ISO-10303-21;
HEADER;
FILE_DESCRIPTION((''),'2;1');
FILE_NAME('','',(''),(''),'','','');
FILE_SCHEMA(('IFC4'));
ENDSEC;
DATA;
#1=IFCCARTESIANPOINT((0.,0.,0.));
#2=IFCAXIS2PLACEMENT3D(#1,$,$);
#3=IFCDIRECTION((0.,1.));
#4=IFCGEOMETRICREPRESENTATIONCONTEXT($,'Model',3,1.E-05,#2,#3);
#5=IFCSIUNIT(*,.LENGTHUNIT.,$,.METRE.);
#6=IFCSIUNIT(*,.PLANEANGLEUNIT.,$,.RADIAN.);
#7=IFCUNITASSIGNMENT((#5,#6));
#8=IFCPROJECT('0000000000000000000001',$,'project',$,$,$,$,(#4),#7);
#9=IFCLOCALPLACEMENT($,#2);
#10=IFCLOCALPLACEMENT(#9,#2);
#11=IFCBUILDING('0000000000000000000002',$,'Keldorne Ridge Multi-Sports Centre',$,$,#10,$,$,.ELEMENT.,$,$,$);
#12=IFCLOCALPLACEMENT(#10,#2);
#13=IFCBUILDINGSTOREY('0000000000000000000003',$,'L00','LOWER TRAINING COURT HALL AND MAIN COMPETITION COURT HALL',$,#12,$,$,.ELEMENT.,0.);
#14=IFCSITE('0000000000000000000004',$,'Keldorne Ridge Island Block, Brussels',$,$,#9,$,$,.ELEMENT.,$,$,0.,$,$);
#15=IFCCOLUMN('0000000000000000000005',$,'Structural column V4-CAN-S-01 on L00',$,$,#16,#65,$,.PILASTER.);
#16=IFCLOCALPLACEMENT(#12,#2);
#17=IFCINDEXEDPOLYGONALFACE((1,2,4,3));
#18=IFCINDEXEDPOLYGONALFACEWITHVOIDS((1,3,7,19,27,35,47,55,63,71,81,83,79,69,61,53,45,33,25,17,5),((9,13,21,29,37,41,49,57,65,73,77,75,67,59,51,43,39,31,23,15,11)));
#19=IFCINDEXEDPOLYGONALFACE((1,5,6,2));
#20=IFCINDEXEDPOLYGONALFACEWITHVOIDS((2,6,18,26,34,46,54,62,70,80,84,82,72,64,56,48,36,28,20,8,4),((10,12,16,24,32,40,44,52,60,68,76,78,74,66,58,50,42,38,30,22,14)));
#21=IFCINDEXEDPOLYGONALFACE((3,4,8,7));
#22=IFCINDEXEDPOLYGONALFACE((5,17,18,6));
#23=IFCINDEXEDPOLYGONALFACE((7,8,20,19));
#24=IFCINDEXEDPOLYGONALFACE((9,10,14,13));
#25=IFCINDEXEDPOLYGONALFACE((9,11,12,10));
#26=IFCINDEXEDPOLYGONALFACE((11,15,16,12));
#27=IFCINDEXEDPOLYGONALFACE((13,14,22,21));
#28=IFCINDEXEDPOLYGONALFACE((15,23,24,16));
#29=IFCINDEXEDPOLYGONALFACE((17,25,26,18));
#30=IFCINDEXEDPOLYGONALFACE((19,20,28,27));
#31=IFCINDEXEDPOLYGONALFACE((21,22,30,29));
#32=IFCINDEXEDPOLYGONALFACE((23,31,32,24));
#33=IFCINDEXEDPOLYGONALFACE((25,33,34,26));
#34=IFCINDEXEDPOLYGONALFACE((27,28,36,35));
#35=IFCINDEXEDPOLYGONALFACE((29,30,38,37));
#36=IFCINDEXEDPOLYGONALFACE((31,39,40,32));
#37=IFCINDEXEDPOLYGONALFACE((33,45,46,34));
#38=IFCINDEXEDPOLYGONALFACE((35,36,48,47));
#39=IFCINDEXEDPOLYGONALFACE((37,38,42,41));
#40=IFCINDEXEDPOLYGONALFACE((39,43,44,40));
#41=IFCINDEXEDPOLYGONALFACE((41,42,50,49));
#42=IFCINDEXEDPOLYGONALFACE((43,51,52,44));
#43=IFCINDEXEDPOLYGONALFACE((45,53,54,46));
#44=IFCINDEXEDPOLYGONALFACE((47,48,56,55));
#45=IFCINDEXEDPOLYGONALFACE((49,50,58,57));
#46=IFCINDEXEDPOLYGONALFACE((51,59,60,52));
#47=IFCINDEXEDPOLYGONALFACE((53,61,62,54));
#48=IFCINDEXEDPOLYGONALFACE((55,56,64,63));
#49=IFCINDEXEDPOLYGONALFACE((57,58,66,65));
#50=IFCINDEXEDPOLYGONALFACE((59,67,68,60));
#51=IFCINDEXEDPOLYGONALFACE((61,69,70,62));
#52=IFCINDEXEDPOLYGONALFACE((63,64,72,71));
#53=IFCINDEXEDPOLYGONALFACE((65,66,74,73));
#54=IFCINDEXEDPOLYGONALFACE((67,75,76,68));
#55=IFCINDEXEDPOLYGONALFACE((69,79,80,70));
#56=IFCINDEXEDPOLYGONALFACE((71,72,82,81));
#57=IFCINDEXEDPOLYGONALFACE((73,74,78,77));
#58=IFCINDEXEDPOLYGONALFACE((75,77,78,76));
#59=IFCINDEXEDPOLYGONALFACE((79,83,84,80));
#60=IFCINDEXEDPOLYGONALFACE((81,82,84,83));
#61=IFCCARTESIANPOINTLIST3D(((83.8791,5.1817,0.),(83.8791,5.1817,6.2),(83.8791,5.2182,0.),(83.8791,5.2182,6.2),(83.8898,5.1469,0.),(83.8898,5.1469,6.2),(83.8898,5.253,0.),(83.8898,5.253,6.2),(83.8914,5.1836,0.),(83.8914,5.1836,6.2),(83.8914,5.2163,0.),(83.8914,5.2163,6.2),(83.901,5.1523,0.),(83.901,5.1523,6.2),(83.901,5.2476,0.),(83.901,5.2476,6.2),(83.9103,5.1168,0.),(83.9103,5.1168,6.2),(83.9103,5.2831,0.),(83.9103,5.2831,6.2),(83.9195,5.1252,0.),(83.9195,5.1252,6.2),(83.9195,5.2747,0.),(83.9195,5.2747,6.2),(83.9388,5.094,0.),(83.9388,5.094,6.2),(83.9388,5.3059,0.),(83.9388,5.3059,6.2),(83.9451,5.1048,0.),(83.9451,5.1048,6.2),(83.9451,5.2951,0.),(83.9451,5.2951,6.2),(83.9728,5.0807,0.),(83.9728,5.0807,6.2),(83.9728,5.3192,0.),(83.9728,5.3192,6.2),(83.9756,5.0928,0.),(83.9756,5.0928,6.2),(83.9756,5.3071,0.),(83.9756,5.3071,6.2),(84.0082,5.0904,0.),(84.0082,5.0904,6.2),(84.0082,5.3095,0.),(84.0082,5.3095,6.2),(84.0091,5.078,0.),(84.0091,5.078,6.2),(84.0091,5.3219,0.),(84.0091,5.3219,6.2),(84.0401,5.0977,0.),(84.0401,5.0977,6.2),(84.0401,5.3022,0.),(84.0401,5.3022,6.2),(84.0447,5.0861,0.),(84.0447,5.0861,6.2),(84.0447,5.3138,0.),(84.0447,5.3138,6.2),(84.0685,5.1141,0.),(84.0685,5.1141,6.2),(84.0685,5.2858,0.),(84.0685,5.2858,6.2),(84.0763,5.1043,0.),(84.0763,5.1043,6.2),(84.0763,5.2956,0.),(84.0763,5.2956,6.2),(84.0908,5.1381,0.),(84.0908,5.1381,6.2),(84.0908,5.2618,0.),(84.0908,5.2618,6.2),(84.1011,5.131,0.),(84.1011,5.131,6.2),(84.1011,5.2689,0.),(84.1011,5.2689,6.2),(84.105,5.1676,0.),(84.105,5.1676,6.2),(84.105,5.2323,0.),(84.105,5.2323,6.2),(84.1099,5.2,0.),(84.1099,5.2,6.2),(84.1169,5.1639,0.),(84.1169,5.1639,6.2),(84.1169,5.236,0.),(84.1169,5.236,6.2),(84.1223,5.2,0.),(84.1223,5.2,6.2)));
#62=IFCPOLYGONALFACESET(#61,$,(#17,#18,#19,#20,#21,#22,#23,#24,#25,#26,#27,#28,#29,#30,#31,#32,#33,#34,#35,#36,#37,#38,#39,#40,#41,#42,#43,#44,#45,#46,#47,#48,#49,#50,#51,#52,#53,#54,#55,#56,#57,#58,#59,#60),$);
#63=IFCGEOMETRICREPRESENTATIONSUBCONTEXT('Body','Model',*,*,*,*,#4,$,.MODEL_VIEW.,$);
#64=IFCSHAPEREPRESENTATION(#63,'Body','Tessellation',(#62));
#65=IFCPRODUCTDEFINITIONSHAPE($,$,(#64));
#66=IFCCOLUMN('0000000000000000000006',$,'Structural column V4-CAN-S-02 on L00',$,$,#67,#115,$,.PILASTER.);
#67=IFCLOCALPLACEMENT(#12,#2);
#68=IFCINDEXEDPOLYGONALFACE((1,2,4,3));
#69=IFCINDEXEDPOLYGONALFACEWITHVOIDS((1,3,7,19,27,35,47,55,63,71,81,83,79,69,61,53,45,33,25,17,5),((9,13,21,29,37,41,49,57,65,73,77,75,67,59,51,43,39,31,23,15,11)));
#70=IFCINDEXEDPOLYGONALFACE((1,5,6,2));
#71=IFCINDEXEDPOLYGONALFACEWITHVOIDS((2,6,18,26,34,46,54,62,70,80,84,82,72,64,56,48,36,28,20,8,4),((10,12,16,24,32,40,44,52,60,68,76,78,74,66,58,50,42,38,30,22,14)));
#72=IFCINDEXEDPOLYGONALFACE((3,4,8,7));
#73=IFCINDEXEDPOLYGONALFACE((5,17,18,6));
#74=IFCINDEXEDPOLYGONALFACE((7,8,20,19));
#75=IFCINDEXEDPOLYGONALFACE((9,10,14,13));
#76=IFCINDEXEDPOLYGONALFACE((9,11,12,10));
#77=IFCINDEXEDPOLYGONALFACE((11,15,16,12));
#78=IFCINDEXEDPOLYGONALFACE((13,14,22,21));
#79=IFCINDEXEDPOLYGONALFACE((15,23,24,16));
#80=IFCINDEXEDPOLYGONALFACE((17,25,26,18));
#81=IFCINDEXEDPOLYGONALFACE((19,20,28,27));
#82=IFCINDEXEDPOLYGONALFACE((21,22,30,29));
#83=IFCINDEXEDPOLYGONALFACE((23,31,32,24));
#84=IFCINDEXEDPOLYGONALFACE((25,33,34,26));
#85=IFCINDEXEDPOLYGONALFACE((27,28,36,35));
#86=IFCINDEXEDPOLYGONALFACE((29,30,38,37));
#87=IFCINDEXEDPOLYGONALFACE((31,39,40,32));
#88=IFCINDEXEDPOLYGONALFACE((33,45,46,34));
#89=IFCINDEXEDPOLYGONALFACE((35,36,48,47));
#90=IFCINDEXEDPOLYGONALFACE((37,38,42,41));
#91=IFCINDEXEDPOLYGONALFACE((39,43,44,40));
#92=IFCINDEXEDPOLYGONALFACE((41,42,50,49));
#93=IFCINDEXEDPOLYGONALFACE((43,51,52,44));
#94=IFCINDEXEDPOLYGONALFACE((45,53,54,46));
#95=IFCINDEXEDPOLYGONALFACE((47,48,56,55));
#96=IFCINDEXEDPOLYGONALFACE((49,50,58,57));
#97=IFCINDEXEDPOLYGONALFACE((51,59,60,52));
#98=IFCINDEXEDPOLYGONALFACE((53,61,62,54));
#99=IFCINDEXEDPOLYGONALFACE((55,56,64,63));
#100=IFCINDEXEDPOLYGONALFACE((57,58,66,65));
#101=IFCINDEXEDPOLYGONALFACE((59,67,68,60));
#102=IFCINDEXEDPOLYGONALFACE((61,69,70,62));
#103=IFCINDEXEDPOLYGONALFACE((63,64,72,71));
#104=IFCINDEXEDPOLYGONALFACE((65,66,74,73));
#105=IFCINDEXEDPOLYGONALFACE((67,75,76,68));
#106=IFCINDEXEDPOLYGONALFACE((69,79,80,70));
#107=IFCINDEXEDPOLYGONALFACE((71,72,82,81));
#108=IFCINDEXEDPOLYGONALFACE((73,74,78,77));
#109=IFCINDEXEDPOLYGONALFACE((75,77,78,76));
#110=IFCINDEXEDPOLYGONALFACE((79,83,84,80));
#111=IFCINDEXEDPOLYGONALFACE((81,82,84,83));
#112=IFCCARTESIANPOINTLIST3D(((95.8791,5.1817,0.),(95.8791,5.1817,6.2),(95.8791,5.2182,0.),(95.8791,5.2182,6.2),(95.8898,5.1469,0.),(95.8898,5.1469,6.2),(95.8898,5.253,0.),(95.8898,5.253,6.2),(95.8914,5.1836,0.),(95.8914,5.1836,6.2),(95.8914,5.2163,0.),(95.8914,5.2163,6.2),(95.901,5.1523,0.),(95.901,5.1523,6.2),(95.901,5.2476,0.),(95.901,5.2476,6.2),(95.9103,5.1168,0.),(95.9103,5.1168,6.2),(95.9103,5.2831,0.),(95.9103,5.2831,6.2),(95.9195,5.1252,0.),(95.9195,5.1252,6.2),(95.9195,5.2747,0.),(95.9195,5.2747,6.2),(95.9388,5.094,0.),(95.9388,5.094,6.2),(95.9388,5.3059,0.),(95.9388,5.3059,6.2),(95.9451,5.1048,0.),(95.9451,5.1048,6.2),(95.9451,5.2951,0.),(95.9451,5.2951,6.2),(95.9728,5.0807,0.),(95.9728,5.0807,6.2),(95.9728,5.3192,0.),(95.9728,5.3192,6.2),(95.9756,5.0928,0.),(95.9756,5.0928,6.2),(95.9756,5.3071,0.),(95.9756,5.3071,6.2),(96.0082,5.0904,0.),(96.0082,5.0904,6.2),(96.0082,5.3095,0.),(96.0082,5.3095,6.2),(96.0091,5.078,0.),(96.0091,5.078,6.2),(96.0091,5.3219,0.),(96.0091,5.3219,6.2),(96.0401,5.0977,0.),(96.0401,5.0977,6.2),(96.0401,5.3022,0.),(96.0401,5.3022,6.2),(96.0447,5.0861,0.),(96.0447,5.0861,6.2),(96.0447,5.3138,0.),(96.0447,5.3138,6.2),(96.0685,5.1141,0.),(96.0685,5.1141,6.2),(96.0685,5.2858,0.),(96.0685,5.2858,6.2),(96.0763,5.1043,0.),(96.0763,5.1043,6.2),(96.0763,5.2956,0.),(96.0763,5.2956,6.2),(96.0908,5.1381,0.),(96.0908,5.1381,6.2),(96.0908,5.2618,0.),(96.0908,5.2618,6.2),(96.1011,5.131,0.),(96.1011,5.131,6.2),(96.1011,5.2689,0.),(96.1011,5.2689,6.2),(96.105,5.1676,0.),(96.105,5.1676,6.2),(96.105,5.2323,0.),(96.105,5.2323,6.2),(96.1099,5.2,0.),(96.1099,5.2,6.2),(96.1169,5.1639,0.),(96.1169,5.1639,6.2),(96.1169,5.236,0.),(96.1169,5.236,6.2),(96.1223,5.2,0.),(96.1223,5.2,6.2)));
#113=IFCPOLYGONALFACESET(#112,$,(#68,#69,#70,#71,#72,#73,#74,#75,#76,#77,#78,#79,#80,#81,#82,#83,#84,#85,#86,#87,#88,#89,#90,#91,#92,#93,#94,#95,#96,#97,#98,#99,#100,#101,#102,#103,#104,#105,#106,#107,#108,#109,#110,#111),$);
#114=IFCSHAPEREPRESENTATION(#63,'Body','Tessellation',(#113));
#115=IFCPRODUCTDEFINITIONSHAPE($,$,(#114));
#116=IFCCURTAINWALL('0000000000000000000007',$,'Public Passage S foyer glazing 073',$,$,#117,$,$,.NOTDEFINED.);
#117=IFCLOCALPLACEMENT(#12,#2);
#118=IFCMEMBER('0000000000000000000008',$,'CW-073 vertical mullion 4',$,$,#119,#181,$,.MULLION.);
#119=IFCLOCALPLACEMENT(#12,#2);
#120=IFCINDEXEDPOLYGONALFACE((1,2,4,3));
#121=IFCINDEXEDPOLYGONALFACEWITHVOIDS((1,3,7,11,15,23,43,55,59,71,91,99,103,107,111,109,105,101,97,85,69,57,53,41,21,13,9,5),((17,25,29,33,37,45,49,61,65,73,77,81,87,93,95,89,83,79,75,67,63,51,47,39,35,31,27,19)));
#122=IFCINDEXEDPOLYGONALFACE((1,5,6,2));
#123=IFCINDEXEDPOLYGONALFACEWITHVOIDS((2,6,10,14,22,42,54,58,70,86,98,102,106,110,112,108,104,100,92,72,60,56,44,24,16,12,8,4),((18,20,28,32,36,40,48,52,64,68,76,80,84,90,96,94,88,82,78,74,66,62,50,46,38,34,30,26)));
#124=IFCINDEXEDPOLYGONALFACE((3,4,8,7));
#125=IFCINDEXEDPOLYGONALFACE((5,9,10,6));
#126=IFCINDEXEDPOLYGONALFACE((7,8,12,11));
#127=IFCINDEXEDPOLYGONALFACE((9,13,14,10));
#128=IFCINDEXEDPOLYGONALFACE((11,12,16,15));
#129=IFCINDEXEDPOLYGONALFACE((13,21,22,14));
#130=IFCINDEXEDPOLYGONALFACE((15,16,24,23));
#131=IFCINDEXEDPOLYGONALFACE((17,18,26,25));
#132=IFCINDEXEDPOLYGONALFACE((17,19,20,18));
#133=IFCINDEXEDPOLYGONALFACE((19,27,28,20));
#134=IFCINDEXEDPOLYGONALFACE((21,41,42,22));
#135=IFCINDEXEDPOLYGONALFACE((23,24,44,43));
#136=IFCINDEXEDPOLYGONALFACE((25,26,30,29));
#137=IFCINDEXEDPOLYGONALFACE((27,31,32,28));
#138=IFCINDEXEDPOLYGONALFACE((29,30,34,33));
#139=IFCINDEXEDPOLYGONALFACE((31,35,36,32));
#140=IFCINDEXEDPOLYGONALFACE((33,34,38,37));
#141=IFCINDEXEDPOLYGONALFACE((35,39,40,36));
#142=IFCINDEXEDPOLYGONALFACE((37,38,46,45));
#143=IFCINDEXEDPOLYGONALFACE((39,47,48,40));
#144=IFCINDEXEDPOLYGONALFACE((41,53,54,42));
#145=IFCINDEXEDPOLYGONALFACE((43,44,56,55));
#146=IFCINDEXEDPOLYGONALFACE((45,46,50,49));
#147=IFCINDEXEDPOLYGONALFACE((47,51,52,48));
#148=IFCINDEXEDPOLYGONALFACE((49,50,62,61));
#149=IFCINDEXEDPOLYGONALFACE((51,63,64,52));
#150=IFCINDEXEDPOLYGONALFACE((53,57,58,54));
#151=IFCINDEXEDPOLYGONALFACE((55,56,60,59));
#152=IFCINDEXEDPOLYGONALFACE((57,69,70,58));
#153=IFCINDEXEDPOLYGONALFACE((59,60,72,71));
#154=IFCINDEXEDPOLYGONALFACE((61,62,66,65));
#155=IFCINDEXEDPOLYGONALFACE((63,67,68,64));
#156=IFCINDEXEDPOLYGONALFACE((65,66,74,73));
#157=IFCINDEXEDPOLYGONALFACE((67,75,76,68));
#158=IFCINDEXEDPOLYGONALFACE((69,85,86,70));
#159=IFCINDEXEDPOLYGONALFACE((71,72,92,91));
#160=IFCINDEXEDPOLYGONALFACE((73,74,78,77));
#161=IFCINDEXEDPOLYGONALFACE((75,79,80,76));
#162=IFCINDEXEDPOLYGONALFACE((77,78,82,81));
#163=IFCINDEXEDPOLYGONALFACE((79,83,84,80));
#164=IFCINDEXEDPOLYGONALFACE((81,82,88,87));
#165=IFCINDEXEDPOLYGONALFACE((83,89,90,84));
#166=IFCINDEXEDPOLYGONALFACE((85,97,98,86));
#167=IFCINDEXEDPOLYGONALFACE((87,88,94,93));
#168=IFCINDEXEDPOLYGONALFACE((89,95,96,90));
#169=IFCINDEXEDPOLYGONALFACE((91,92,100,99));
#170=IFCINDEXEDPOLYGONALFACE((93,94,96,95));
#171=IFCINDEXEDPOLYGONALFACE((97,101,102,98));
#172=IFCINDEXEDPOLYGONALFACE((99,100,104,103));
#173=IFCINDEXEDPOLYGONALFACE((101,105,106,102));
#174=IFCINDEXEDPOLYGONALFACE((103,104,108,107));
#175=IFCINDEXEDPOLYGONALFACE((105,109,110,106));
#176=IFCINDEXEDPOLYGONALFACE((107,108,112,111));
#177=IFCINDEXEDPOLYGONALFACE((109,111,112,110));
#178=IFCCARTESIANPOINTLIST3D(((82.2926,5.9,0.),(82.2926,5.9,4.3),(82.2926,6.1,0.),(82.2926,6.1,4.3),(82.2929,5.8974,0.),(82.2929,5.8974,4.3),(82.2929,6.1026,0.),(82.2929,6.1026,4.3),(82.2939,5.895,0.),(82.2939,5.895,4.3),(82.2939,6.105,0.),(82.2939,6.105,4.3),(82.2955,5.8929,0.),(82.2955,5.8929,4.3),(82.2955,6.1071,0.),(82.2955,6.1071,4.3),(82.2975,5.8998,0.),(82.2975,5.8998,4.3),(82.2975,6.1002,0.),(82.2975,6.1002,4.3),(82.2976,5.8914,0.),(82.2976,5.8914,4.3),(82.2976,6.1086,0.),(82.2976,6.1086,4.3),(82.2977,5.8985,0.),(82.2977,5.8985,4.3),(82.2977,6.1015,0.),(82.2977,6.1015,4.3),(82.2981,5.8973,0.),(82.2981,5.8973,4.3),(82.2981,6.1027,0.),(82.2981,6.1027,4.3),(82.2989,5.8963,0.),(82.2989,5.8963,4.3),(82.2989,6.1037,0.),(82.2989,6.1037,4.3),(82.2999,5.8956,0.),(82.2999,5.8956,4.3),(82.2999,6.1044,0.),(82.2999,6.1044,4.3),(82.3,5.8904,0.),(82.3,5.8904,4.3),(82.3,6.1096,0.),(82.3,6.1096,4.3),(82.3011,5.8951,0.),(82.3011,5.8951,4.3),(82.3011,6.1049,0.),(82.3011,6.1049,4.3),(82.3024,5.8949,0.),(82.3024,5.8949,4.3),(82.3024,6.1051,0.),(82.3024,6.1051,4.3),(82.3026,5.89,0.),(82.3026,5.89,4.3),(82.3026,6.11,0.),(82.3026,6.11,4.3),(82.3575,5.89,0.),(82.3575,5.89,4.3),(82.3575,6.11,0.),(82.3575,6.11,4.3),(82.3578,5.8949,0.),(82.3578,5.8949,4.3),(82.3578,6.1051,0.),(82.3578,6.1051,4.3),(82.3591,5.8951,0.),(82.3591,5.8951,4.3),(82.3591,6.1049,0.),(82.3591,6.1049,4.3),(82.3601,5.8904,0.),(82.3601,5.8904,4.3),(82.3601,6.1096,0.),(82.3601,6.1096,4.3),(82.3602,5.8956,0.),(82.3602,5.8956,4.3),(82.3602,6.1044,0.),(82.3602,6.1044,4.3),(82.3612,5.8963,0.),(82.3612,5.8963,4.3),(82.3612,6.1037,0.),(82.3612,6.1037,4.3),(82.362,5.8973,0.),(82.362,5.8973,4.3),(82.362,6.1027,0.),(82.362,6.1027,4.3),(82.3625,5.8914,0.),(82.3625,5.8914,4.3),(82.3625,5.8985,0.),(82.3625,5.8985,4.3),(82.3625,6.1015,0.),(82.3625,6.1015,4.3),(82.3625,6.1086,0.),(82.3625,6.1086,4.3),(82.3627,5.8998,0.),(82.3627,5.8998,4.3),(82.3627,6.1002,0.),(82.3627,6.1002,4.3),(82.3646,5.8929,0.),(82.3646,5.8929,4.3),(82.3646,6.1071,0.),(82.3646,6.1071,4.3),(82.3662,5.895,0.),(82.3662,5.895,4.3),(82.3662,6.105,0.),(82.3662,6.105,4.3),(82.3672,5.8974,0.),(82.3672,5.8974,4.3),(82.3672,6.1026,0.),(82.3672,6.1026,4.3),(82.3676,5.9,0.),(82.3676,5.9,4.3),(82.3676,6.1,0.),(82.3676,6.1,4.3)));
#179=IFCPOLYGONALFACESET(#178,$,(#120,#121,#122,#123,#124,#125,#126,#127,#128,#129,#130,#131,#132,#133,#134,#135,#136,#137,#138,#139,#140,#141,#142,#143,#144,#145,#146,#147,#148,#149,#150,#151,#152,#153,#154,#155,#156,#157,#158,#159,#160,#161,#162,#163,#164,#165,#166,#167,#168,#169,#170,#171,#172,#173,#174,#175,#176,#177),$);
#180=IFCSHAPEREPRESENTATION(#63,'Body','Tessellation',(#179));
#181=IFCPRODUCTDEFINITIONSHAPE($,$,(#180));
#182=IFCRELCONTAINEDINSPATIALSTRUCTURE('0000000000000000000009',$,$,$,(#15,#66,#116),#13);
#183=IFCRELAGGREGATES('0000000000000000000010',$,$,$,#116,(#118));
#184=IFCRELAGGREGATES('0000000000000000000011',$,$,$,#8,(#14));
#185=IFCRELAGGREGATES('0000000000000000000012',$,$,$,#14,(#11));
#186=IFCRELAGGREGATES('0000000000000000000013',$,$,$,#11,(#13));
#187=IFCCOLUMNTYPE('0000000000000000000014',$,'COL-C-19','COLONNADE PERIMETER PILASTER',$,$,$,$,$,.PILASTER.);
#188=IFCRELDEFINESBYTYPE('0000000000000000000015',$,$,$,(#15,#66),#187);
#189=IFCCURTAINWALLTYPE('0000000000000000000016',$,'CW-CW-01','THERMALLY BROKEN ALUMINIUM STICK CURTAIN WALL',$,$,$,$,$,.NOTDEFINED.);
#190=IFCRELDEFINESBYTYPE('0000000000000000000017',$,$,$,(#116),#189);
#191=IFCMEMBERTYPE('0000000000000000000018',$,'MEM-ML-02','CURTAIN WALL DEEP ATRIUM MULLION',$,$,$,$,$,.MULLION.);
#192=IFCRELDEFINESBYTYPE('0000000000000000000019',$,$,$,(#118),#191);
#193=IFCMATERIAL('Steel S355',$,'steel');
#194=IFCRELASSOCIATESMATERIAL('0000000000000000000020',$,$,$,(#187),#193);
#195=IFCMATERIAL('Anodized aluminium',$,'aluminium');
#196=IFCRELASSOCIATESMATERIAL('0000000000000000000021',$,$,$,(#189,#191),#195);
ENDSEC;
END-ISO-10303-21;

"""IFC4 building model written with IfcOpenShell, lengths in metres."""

from ifc_helpers import new_model, si_unit, direction, frame, origin, origin_2d, place, context, subcontext, project, spatial, hollow_rectangle, hollow_circle, extrude, material, material_profile, profile_set, type_object, element, aggregate, save


model = new_model("IFC4")

# Units and contexts
model_context = context("Model", 3, precision=1e-05, world=origin(), true_north=direction((0.0, 1.0)))
body_context = subcontext(model_context, "Body", "Model", "MODEL_VIEW")
ifc_project = project(units=[si_unit("LENGTHUNIT", "METRE"), si_unit("PLANEANGLEUNIT", "RADIAN")], contexts=[model_context])

# Site, building, storey
site_placement = place(None, origin())
site = spatial("IfcSite", under=ifc_project, at=site_placement, Name="Keldorne Ridge Island Block, Brussels", CompositionType="ELEMENT", RefElevation=0.0)
building_placement = place(site_placement, origin())
building = spatial("IfcBuilding", under=site, at=building_placement, Name="Keldorne Ridge Multi-Sports Centre", CompositionType="ELEMENT")
storey_placement = place(building_placement, origin())
storey = spatial("IfcBuildingStorey", under=building, at=storey_placement, Name="L00", Description="LOWER TRAINING COURT HALL AND MAIN COMPETITION COURT HALL", CompositionType="ELEMENT", Elevation=0.0)

# Columns
ifc_material_1 = material(Name="Steel S355", Category="steel")
ifc_material_profile_1 = material_profile(ifc_material_1, hollow_circle(Radius=0.1223, WallThickness=0.0125, at=origin_2d()), Name="CHS 244.5x12.5")
ifc_profile_set_1 = profile_set([ifc_material_profile_1], Name="Steel S355")
column_type_1 = type_object("IfcColumnType", Name="COL-C-19", Description="COLONNADE PERIMETER PILASTER", PredefinedType="PILASTER", material=ifc_profile_set_1)
for number, where, z_axis, x_axis, name in (
    (1, (84.0, 5.2, 0.0), (0.0, 0.0, 1.0), (1.0, 0.0, 0.0), "Structural column V4-CAN-S-01 on L00"),
    (2, (96.0, 5.2, 0.0), (0.0, 0.0, 1.0), (1.0, 0.0, 0.0), "Structural column V4-CAN-S-02 on L00"),
):
    element("IfcColumn", number, at=place(storey_placement, frame(where, z_axis=z_axis, x_axis=x_axis)), inside=storey, type_object=column_type_1, Name=name, PredefinedType="PILASTER", context=body_context, shape_type="SweptSolid", body=[
        extrude(hollow_circle(Radius=0.1223, WallThickness=0.0125, at=origin_2d()), origin(), (0.0, 0.0, 1.0), 6.2),
    ])

# Curtain wall, member
ifc_material_2 = material(Name="Anodized aluminium", Category="aluminium")
curtain_wall_type_1 = type_object("IfcCurtainWallType", Name="CW-CW-01", Description="THERMALLY BROKEN ALUMINIUM STICK CURTAIN WALL", PredefinedType="NOTDEFINED", material=ifc_material_2)
curtain_wall_1_placement = place(storey_placement, origin())
curtain_wall_1 = element("IfcCurtainWall", 3, at=curtain_wall_1_placement, inside=storey, type_object=curtain_wall_type_1, Name="Public Passage S foyer glazing 073", PredefinedType="NOTDEFINED")
ifc_material_profile_2 = material_profile(ifc_material_2, hollow_rectangle(XDim=0.075, YDim=0.22, WallThickness=0.0049, InnerFilletRadius=0.0049, OuterFilletRadius=0.01, at=origin_2d()), Name="ALU MULLION 220x75x5")
ifc_profile_set_2 = profile_set([ifc_material_profile_2], Name="Anodized aluminium")
member_type_1 = type_object("IfcMemberType", Name="MEM-ML-02", Description="CURTAIN WALL DEEP ATRIUM MULLION", PredefinedType="MULLION", material=ifc_profile_set_2)
member_1_placement = place(storey_placement, frame((82.3301, 6.0, 0.0), z_axis=(0.0, 0.0, 1.0), x_axis=(1.0, 0.0, 0.0)))
member_1 = element("IfcMember", 4, at=member_1_placement, type_object=member_type_1, Name="CW-073 vertical mullion 4", PredefinedType="MULLION", context=body_context, shape_type="SweptSolid", body=[
    extrude(hollow_rectangle(XDim=0.075, YDim=0.22, WallThickness=0.0049, InnerFilletRadius=0.0049, OuterFilletRadius=0.01, at=origin_2d()), origin(), (0.0, 0.0, 1.0), 4.3),
])

aggregate(curtain_wall_1, [member_1])

save(model, "model.ifc")
